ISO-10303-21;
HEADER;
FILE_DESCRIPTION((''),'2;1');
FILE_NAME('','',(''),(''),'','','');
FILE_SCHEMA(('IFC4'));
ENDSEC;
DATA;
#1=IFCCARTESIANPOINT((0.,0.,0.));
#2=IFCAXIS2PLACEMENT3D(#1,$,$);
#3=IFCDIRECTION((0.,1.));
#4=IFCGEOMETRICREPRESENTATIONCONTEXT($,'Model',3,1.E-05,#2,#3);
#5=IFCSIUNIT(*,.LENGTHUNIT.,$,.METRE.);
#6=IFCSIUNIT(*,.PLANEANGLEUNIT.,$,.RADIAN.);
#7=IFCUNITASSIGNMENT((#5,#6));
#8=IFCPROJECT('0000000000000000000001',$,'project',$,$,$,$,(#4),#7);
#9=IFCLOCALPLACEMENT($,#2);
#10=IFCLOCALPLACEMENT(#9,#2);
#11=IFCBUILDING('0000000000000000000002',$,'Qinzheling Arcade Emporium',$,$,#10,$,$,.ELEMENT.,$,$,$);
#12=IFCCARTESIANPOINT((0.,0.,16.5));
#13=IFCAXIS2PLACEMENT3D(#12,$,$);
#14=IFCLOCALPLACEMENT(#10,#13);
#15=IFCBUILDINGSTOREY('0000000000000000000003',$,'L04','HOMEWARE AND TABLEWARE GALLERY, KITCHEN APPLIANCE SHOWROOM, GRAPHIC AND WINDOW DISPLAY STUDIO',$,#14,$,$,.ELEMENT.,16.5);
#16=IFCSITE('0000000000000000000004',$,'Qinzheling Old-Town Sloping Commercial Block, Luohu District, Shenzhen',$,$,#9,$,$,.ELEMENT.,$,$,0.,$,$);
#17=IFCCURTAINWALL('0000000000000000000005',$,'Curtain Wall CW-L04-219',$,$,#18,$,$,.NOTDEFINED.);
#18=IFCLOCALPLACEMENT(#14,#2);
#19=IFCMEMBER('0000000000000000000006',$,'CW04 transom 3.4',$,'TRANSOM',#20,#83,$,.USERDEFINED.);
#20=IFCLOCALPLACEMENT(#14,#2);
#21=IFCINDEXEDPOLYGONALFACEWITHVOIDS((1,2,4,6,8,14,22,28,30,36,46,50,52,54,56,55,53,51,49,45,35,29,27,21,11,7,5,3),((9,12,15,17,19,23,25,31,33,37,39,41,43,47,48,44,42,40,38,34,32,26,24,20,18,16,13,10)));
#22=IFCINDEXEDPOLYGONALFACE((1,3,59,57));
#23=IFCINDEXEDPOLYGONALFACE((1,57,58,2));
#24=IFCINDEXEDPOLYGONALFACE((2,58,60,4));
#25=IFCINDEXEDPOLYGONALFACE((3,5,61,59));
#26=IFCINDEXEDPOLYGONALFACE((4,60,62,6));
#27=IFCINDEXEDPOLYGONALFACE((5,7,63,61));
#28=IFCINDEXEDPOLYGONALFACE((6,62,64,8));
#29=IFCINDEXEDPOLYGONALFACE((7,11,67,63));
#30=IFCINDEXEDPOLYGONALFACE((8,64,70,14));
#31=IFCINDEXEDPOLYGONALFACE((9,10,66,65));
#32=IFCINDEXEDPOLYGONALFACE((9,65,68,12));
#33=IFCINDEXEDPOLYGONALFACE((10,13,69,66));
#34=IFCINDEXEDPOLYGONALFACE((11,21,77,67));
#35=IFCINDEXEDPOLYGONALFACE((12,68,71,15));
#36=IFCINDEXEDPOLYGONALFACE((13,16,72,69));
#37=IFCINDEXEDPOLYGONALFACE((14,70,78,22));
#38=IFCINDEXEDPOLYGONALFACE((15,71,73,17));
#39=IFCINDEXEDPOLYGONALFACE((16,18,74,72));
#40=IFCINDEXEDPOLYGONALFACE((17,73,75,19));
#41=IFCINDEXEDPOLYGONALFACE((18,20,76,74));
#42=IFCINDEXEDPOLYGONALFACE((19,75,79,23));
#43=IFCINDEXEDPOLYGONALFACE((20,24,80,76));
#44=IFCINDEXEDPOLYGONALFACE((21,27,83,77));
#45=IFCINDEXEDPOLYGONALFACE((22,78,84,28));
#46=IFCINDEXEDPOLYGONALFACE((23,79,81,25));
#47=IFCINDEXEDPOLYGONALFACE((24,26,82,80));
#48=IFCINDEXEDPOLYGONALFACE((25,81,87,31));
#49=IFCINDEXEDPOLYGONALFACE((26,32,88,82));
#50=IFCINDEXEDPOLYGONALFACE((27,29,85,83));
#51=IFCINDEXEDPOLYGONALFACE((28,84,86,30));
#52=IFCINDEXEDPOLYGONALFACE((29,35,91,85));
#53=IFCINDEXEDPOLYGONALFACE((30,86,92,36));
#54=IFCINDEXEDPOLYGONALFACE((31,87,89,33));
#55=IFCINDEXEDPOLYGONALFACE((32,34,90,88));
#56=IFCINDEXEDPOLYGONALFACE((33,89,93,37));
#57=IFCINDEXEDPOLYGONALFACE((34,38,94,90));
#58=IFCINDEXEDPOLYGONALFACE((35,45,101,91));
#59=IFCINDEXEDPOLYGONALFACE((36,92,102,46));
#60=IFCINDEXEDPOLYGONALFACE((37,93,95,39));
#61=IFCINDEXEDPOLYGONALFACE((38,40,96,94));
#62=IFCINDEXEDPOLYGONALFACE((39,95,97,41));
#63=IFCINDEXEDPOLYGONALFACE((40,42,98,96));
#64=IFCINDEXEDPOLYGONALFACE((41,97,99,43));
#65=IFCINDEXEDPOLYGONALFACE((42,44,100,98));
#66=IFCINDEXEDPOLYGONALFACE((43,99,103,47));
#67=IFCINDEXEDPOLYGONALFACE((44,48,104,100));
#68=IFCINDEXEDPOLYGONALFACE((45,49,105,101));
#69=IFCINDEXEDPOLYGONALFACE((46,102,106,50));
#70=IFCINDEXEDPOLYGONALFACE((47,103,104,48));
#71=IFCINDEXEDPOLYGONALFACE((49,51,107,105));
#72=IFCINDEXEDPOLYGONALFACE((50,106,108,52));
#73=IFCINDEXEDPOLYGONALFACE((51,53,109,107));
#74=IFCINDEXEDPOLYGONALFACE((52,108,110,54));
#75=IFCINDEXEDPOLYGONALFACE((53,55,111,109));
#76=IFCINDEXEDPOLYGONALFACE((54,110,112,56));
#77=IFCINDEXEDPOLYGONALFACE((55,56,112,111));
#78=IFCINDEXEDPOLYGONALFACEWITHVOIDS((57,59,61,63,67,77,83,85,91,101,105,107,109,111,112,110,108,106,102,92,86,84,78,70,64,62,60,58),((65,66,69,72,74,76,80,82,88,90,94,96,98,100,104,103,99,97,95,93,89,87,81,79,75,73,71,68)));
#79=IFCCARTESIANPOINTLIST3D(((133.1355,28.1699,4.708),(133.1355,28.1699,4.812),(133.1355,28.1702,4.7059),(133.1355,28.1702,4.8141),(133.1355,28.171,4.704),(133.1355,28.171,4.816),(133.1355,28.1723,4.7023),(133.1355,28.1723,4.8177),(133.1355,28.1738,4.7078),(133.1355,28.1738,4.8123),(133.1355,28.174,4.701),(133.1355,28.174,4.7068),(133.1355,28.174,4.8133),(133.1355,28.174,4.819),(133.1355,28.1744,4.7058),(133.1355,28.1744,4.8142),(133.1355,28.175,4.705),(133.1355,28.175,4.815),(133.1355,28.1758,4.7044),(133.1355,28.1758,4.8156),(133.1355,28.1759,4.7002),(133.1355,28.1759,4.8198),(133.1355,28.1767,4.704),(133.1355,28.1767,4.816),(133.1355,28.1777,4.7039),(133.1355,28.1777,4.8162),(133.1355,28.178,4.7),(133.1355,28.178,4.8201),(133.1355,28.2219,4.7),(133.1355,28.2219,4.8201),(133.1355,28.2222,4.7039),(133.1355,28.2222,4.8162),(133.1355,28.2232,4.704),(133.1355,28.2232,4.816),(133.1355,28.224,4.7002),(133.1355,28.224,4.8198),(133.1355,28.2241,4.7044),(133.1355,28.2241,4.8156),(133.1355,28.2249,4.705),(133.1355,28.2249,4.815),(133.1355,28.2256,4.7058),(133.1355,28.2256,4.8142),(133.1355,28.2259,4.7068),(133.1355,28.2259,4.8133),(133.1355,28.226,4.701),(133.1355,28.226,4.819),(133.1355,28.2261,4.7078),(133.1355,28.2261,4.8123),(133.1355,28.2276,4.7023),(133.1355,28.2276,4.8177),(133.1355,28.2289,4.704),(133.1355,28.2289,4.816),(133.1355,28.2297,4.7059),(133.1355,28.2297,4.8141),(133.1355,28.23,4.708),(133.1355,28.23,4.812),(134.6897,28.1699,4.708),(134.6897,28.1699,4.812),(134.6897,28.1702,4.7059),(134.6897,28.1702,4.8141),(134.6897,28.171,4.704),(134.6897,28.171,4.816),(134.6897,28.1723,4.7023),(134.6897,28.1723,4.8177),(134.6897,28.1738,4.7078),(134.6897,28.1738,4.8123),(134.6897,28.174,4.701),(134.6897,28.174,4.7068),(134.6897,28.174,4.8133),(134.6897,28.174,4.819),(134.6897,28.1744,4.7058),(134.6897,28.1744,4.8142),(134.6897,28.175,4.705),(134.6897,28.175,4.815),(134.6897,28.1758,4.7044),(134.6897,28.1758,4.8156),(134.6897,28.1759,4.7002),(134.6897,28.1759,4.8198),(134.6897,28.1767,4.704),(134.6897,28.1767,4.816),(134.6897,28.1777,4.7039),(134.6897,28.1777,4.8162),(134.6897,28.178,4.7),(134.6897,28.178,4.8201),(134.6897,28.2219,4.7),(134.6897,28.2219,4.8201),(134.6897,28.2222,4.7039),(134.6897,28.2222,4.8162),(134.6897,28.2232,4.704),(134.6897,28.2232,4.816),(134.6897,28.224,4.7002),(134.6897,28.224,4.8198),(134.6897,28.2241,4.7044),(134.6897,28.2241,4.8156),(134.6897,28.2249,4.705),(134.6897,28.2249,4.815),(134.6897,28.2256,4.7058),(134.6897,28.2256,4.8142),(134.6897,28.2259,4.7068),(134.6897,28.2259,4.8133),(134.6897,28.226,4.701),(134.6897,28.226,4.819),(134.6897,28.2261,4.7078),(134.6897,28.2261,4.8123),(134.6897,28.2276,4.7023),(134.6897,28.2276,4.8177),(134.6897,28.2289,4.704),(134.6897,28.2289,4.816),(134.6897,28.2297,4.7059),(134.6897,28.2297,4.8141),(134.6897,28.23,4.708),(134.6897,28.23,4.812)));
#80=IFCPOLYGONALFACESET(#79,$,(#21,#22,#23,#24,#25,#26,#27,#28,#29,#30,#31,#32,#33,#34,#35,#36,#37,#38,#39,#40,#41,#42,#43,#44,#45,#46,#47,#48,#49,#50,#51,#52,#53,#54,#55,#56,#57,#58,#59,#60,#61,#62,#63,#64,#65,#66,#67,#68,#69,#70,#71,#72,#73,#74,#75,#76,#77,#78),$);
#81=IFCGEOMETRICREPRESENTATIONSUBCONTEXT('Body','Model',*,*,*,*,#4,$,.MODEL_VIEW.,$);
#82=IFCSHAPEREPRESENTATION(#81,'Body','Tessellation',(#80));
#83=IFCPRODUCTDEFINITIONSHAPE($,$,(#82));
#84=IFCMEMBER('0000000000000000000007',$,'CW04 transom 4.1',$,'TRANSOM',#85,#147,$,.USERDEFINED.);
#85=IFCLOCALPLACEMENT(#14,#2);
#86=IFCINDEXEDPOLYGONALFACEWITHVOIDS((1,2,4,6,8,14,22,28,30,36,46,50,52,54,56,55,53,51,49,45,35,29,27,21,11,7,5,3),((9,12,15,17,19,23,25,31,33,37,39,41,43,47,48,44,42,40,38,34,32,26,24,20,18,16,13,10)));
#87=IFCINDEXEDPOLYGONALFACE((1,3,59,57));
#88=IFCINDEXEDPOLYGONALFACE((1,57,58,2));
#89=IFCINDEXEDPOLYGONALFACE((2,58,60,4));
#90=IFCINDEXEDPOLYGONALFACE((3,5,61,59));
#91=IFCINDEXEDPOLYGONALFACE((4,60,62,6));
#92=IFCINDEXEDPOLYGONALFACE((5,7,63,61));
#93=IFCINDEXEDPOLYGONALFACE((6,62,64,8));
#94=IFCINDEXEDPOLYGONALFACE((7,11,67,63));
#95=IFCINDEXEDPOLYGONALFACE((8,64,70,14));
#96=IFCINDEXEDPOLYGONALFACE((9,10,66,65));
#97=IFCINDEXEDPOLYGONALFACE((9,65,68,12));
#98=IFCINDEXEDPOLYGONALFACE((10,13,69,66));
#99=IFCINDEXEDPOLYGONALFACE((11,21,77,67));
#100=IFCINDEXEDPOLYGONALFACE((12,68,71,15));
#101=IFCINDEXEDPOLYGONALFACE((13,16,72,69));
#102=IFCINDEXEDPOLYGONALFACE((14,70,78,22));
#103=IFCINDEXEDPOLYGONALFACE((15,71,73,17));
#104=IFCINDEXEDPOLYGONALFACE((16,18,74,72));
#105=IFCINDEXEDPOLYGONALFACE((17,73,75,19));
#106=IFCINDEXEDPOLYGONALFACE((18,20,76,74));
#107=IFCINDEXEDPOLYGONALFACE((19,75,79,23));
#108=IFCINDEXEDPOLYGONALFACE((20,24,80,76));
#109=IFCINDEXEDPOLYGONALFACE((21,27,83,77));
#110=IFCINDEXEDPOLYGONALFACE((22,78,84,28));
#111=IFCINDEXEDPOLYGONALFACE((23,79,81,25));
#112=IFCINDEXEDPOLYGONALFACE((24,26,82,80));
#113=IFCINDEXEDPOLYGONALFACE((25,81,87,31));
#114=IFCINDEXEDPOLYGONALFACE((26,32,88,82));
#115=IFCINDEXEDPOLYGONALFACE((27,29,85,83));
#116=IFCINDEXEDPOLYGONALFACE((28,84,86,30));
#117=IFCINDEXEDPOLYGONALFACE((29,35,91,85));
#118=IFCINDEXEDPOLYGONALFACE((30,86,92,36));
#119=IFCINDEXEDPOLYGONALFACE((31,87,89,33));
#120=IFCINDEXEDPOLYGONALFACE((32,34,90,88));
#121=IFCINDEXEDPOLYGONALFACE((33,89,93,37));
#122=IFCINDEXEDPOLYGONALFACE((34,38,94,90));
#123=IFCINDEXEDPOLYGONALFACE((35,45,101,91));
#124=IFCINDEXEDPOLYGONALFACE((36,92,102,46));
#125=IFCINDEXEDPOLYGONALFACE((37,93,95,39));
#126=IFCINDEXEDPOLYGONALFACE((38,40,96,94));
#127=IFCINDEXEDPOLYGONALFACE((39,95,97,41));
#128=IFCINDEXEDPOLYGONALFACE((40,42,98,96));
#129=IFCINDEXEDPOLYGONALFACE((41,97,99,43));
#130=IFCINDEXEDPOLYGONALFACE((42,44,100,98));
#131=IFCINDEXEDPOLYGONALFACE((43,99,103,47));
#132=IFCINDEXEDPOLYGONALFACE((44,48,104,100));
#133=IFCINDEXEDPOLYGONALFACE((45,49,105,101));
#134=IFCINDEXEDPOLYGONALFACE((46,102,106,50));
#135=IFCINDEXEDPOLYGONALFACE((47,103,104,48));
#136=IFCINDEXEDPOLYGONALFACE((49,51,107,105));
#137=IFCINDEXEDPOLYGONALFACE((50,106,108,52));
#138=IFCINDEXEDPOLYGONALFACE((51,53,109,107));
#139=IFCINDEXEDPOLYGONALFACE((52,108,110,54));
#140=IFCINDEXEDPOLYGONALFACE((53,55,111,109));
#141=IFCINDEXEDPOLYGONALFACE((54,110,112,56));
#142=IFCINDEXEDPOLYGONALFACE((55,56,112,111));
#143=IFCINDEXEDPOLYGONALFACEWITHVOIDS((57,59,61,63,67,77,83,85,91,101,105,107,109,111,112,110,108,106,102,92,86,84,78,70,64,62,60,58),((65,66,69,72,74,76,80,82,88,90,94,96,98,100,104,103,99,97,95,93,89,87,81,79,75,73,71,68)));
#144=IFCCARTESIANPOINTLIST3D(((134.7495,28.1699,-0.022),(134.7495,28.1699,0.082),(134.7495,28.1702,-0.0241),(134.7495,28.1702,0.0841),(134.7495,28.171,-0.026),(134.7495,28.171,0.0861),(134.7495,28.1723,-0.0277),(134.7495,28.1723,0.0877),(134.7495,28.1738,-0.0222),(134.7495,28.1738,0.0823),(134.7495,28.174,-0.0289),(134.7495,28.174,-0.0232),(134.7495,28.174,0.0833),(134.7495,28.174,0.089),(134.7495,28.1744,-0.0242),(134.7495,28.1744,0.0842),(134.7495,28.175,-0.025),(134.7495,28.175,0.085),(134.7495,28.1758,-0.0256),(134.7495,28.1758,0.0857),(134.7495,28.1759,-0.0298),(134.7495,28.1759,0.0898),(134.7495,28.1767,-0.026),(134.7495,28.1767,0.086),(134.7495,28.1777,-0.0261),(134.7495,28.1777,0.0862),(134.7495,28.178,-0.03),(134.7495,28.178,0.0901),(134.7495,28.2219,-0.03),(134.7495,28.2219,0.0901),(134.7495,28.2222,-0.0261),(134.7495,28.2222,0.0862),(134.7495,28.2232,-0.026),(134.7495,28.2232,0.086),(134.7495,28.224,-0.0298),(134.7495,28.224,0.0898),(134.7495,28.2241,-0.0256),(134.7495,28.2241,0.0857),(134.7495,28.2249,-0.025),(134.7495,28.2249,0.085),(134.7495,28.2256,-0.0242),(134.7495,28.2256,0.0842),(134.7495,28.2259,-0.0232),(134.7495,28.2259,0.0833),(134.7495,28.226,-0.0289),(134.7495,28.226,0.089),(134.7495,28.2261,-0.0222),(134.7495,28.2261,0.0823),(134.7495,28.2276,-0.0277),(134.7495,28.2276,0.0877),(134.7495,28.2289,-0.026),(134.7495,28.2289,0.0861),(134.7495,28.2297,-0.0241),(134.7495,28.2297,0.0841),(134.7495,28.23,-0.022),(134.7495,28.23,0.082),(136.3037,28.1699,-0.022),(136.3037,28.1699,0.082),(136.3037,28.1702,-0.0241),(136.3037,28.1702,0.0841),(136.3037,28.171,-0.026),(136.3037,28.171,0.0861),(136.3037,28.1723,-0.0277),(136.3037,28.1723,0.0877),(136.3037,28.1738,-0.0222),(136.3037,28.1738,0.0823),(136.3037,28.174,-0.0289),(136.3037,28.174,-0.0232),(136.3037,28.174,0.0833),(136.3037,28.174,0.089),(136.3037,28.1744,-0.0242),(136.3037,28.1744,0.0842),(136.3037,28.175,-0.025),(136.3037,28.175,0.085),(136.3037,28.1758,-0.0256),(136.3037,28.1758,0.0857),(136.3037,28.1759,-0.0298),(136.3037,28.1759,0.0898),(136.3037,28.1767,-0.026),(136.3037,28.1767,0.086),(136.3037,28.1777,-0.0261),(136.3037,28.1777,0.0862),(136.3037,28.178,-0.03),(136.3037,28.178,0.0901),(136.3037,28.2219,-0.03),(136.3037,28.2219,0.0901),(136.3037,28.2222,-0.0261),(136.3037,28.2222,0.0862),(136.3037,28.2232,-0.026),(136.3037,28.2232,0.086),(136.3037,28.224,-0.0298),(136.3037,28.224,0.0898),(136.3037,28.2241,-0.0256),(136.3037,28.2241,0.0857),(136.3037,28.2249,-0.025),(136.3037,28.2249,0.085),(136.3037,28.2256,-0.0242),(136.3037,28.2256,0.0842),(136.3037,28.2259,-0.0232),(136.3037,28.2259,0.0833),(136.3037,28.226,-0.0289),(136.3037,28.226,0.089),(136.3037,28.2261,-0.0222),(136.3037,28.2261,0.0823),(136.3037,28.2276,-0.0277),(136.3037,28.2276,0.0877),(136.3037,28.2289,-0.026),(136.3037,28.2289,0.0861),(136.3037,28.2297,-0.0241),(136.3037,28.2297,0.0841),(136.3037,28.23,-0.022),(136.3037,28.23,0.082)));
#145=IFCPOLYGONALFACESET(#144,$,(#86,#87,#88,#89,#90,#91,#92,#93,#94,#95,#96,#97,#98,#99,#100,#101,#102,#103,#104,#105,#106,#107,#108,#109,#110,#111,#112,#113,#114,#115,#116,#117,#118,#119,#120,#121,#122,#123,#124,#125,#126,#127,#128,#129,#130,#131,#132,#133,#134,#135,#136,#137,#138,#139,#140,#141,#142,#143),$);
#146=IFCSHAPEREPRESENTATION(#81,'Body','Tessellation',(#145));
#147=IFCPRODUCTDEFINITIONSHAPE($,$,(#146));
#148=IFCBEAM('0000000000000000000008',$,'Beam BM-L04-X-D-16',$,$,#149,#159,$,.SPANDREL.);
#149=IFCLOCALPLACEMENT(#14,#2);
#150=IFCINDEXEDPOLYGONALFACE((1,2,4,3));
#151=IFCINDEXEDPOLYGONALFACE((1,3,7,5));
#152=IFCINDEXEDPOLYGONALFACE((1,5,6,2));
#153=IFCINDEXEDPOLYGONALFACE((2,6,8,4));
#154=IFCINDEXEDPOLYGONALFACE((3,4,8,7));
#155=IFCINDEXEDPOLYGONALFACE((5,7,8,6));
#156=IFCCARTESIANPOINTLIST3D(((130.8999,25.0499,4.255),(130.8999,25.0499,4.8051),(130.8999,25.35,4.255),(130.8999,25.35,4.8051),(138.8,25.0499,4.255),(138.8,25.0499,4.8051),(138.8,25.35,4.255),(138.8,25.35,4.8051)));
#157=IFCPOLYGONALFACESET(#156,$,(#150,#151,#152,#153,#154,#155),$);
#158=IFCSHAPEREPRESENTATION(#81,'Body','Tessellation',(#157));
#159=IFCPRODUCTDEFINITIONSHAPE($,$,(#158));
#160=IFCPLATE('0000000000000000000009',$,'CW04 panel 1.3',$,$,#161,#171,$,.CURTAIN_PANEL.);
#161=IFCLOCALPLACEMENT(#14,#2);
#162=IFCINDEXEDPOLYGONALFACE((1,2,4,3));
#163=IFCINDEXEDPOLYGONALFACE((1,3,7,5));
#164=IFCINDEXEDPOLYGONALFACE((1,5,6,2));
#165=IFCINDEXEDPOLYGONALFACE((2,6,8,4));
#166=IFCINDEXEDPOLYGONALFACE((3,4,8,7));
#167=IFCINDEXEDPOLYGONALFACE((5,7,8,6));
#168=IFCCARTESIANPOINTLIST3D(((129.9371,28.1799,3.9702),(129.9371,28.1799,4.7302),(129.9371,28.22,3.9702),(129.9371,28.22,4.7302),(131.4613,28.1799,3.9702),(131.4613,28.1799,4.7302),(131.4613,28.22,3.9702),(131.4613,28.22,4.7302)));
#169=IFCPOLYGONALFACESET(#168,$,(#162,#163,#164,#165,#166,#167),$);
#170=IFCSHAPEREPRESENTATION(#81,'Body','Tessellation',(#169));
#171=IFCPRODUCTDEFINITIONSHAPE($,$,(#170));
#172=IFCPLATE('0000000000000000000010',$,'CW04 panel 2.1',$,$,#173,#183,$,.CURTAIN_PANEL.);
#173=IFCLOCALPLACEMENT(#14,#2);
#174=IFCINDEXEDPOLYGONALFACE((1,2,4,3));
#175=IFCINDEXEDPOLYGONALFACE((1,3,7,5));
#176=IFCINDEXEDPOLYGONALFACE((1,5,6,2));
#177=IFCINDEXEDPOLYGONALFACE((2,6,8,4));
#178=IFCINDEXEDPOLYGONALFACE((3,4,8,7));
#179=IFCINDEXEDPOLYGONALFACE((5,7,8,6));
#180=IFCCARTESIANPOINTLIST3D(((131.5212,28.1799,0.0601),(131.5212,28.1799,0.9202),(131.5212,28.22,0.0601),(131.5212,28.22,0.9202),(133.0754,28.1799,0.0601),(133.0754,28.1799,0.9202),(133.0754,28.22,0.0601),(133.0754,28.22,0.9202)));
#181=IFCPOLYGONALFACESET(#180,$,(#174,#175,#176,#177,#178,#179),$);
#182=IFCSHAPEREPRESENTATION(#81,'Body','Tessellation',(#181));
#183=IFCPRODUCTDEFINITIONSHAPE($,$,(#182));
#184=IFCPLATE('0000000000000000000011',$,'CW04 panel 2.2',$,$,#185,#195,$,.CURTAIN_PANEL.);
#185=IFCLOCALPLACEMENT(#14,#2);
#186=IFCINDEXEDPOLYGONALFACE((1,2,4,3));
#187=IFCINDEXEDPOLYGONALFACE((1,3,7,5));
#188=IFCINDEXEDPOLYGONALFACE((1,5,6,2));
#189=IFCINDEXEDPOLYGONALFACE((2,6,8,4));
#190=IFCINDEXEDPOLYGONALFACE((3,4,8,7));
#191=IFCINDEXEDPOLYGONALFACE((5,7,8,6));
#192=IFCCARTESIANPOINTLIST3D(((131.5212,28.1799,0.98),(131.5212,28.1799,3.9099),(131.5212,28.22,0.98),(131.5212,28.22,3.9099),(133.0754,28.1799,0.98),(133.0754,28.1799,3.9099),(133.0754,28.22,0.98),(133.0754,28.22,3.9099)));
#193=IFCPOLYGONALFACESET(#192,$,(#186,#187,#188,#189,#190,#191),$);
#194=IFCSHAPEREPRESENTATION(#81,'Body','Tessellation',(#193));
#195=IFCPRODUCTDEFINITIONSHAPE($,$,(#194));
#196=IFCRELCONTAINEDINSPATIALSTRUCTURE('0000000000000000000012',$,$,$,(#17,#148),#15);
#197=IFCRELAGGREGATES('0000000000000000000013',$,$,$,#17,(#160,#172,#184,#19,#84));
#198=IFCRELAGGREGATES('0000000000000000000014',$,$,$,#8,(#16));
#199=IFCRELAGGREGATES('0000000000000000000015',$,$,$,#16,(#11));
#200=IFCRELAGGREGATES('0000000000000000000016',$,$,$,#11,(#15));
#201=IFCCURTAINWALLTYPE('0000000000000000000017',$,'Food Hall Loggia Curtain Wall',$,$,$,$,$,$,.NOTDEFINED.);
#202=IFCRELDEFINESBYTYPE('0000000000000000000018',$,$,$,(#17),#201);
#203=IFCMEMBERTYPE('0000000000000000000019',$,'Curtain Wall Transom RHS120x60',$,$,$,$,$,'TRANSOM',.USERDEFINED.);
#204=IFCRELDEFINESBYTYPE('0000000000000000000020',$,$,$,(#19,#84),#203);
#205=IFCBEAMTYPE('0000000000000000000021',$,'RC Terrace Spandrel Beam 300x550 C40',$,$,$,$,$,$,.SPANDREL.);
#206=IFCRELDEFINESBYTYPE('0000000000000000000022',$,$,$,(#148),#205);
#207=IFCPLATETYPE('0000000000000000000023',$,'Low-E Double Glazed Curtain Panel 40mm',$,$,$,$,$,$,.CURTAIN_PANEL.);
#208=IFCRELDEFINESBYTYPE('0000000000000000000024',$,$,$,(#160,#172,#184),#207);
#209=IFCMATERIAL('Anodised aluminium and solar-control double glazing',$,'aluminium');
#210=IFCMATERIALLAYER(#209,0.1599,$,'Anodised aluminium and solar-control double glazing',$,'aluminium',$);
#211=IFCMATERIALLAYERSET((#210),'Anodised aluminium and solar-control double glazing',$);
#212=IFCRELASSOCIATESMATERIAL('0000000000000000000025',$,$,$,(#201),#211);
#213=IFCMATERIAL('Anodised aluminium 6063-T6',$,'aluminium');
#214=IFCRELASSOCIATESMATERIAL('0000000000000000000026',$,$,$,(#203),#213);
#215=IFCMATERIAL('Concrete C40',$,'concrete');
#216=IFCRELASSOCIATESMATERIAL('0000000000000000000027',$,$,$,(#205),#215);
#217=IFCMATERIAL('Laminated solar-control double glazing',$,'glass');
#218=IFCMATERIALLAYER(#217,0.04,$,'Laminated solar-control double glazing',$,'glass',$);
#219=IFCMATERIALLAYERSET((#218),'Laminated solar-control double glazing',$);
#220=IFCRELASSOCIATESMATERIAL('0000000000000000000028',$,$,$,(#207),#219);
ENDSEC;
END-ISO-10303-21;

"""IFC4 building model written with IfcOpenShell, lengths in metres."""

from ifc_helpers import new_model, si_unit, direction, frame, origin, origin_2d, place, context, subcontext, project, spatial, rectangle, hollow_rectangle, extrude, material, layer, layer_set, material_profile, profile_set, type_object, element, aggregate, save


model = new_model("IFC4")

# Units and contexts
model_context = context("Model", 3, precision=1e-05, world=origin(), true_north=direction((0.0, 1.0)))
body_context = subcontext(model_context, "Body", "Model", "MODEL_VIEW")
ifc_project = project(units=[si_unit("LENGTHUNIT", "METRE"), si_unit("PLANEANGLEUNIT", "RADIAN")], contexts=[model_context])

# Site, building, storey
site_placement = place(None, origin())
site = spatial("IfcSite", under=ifc_project, at=site_placement, Name="Qinzheling Old-Town Sloping Commercial Block, Luohu District, Shenzhen", CompositionType="ELEMENT", RefElevation=0.0)
building_placement = place(site_placement, origin())
building = spatial("IfcBuilding", under=site, at=building_placement, Name="Qinzheling Arcade Emporium", CompositionType="ELEMENT")
storey_placement = place(building_placement, frame((0.0, 0.0, 16.5)))
storey = spatial("IfcBuildingStorey", under=building, at=storey_placement, Name="L04", Description="HOMEWARE AND TABLEWARE GALLERY, KITCHEN APPLIANCE SHOWROOM, GRAPHIC AND WINDOW DISPLAY STUDIO", CompositionType="ELEMENT", Elevation=16.5)

# Curtain wall, members
ifc_material_1 = material(Name="Anodised aluminium and solar-control double glazing", Category="aluminium")
ifc_layer_1 = layer(ifc_material_1, 0.1599, Name="Anodised aluminium and solar-control double glazing", Category="aluminium")
ifc_layer_set_1 = layer_set([ifc_layer_1], Name="Anodised aluminium and solar-control double glazing")
curtain_wall_type = type_object("IfcCurtainWallType", Name="Food Hall Loggia Curtain Wall", PredefinedType="NOTDEFINED", material=ifc_layer_set_1)
curtain_wall_placement = place(storey_placement, origin())
curtain_wall = element("IfcCurtainWall", 1, at=curtain_wall_placement, inside=storey, type_object=curtain_wall_type, Name="Curtain Wall CW-L04-219", PredefinedType="NOTDEFINED")
ifc_material_2 = material(Name="Anodised aluminium 6063-T6", Category="aluminium")
ifc_material_profile_1 = material_profile(ifc_material_2, hollow_rectangle(XDim=0.0601, YDim=0.1201, WallThickness=0.0039, InnerFilletRadius=0.0039, OuterFilletRadius=0.0081, at=origin_2d()), Name="RHS 120x60x4", Category="aluminium")
ifc_profile_set_1 = profile_set([ifc_material_profile_1], Name="Anodised aluminium 6063-T6")
member_type_1 = type_object("IfcMemberType", Name="Curtain Wall Transom RHS120x60", ElementType="TRANSOM", PredefinedType="USERDEFINED", material=ifc_profile_set_1)
member_1_placement = place(storey_placement, frame((133.1355, 28.2, 4.76), z_axis=(1.0, 0.0, 0.0), x_axis=(0.0, 1.0, 0.0)))
member_1 = element("IfcMember", 2, at=member_1_placement, type_object=member_type_1, Name="CW04 transom 3.4", ObjectType="TRANSOM", PredefinedType="USERDEFINED", context=body_context, shape_type="SweptSolid", body=[
    extrude(hollow_rectangle(XDim=0.0601, YDim=0.1201, WallThickness=0.0039, InnerFilletRadius=0.0039, OuterFilletRadius=0.0081, at=origin_2d()), origin(), (0.0, 0.0, 1.0), 1.5542),
])
member_2_placement = place(storey_placement, frame((134.7495, 28.2, 0.03), z_axis=(1.0, 0.0, 0.0), x_axis=(0.0, 1.0, 0.0)))
member_2 = element("IfcMember", 3, at=member_2_placement, type_object=member_type_1, Name="CW04 transom 4.1", ObjectType="TRANSOM", PredefinedType="USERDEFINED", context=body_context, shape_type="SweptSolid", body=[
    extrude(hollow_rectangle(XDim=0.0601, YDim=0.1201, WallThickness=0.0039, InnerFilletRadius=0.0039, OuterFilletRadius=0.0081, at=origin_2d()), origin(), (0.0, 0.0, 1.0), 1.5542),
])

# Beam
ifc_material_3 = material(Name="Concrete C40", Category="concrete")
ifc_material_profile_2 = material_profile(ifc_material_3, rectangle(XDim=0.3, YDim=0.55, at=origin_2d()), Name="RC 300x550", Category="concrete")
ifc_profile_set_2 = profile_set([ifc_material_profile_2], Name="Concrete C40")
beam_type = type_object("IfcBeamType", Name="RC Terrace Spandrel Beam 300x550 C40", PredefinedType="SPANDREL", material=ifc_profile_set_2)
beam_placement = place(storey_placement, frame((130.8999, 25.2, 4.53), z_axis=(1.0, 0.0, 0.0), x_axis=(0.0, 1.0, 0.0)))
element("IfcBeam", 4, at=beam_placement, inside=storey, type_object=beam_type, Name="Beam BM-L04-X-D-16", PredefinedType="SPANDREL", context=body_context, shape_type="SweptSolid", body=[
    extrude(rectangle(XDim=0.3, YDim=0.55, at=origin_2d()), origin(), (0.0, 0.0, 1.0), 7.9001),
])

# Plates
ifc_material_4 = material(Name="Laminated solar-control double glazing", Category="glass")
ifc_layer_2 = layer(ifc_material_4, 0.04, Name="Laminated solar-control double glazing", Category="glass")
ifc_layer_set_2 = layer_set([ifc_layer_2], Name="Laminated solar-control double glazing")
plate_type = type_object("IfcPlateType", Name="Low-E Double Glazed Curtain Panel 40mm", PredefinedType="CURTAIN_PANEL", material=ifc_layer_set_2)
plate_1_placement = place(storey_placement, frame((130.6992, 28.2, 3.9702), z_axis=(0.0, 0.0, 1.0), x_axis=(1.0, 0.0, 0.0)))
plate_1 = element("IfcPlate", 5, at=plate_1_placement, type_object=plate_type, Name="CW04 panel 1.3", PredefinedType="CURTAIN_PANEL", context=body_context, shape_type="SweptSolid", body=[
    extrude(rectangle(XDim=1.5242, YDim=0.04, at=origin_2d()), origin(), (0.0, 0.0, 1.0), 0.76),
])
plate_2_placement = place(storey_placement, frame((132.2983, 28.2, 0.0601), z_axis=(0.0, 0.0, 1.0), x_axis=(1.0, 0.0, 0.0)))
plate_2 = element("IfcPlate", 6, at=plate_2_placement, type_object=plate_type, Name="CW04 panel 2.1", PredefinedType="CURTAIN_PANEL", context=body_context, shape_type="SweptSolid", body=[
    extrude(rectangle(XDim=1.5542, YDim=0.04, at=origin_2d()), origin(), (0.0, 0.0, 1.0), 0.8601),
])
plate_3_placement = place(storey_placement, frame((132.2983, 28.2, 0.98), z_axis=(0.0, 0.0, 1.0), x_axis=(1.0, 0.0, 0.0)))
plate_3 = element("IfcPlate", 7, at=plate_3_placement, type_object=plate_type, Name="CW04 panel 2.2", PredefinedType="CURTAIN_PANEL", context=body_context, shape_type="SweptSolid", body=[
    extrude(rectangle(XDim=1.5542, YDim=0.04, at=origin_2d()), origin(), (0.0, 0.0, 1.0), 2.9299),
])
aggregate(curtain_wall, [plate_1, plate_2, plate_3, member_1, member_2])

save(model, "model.ifc")
